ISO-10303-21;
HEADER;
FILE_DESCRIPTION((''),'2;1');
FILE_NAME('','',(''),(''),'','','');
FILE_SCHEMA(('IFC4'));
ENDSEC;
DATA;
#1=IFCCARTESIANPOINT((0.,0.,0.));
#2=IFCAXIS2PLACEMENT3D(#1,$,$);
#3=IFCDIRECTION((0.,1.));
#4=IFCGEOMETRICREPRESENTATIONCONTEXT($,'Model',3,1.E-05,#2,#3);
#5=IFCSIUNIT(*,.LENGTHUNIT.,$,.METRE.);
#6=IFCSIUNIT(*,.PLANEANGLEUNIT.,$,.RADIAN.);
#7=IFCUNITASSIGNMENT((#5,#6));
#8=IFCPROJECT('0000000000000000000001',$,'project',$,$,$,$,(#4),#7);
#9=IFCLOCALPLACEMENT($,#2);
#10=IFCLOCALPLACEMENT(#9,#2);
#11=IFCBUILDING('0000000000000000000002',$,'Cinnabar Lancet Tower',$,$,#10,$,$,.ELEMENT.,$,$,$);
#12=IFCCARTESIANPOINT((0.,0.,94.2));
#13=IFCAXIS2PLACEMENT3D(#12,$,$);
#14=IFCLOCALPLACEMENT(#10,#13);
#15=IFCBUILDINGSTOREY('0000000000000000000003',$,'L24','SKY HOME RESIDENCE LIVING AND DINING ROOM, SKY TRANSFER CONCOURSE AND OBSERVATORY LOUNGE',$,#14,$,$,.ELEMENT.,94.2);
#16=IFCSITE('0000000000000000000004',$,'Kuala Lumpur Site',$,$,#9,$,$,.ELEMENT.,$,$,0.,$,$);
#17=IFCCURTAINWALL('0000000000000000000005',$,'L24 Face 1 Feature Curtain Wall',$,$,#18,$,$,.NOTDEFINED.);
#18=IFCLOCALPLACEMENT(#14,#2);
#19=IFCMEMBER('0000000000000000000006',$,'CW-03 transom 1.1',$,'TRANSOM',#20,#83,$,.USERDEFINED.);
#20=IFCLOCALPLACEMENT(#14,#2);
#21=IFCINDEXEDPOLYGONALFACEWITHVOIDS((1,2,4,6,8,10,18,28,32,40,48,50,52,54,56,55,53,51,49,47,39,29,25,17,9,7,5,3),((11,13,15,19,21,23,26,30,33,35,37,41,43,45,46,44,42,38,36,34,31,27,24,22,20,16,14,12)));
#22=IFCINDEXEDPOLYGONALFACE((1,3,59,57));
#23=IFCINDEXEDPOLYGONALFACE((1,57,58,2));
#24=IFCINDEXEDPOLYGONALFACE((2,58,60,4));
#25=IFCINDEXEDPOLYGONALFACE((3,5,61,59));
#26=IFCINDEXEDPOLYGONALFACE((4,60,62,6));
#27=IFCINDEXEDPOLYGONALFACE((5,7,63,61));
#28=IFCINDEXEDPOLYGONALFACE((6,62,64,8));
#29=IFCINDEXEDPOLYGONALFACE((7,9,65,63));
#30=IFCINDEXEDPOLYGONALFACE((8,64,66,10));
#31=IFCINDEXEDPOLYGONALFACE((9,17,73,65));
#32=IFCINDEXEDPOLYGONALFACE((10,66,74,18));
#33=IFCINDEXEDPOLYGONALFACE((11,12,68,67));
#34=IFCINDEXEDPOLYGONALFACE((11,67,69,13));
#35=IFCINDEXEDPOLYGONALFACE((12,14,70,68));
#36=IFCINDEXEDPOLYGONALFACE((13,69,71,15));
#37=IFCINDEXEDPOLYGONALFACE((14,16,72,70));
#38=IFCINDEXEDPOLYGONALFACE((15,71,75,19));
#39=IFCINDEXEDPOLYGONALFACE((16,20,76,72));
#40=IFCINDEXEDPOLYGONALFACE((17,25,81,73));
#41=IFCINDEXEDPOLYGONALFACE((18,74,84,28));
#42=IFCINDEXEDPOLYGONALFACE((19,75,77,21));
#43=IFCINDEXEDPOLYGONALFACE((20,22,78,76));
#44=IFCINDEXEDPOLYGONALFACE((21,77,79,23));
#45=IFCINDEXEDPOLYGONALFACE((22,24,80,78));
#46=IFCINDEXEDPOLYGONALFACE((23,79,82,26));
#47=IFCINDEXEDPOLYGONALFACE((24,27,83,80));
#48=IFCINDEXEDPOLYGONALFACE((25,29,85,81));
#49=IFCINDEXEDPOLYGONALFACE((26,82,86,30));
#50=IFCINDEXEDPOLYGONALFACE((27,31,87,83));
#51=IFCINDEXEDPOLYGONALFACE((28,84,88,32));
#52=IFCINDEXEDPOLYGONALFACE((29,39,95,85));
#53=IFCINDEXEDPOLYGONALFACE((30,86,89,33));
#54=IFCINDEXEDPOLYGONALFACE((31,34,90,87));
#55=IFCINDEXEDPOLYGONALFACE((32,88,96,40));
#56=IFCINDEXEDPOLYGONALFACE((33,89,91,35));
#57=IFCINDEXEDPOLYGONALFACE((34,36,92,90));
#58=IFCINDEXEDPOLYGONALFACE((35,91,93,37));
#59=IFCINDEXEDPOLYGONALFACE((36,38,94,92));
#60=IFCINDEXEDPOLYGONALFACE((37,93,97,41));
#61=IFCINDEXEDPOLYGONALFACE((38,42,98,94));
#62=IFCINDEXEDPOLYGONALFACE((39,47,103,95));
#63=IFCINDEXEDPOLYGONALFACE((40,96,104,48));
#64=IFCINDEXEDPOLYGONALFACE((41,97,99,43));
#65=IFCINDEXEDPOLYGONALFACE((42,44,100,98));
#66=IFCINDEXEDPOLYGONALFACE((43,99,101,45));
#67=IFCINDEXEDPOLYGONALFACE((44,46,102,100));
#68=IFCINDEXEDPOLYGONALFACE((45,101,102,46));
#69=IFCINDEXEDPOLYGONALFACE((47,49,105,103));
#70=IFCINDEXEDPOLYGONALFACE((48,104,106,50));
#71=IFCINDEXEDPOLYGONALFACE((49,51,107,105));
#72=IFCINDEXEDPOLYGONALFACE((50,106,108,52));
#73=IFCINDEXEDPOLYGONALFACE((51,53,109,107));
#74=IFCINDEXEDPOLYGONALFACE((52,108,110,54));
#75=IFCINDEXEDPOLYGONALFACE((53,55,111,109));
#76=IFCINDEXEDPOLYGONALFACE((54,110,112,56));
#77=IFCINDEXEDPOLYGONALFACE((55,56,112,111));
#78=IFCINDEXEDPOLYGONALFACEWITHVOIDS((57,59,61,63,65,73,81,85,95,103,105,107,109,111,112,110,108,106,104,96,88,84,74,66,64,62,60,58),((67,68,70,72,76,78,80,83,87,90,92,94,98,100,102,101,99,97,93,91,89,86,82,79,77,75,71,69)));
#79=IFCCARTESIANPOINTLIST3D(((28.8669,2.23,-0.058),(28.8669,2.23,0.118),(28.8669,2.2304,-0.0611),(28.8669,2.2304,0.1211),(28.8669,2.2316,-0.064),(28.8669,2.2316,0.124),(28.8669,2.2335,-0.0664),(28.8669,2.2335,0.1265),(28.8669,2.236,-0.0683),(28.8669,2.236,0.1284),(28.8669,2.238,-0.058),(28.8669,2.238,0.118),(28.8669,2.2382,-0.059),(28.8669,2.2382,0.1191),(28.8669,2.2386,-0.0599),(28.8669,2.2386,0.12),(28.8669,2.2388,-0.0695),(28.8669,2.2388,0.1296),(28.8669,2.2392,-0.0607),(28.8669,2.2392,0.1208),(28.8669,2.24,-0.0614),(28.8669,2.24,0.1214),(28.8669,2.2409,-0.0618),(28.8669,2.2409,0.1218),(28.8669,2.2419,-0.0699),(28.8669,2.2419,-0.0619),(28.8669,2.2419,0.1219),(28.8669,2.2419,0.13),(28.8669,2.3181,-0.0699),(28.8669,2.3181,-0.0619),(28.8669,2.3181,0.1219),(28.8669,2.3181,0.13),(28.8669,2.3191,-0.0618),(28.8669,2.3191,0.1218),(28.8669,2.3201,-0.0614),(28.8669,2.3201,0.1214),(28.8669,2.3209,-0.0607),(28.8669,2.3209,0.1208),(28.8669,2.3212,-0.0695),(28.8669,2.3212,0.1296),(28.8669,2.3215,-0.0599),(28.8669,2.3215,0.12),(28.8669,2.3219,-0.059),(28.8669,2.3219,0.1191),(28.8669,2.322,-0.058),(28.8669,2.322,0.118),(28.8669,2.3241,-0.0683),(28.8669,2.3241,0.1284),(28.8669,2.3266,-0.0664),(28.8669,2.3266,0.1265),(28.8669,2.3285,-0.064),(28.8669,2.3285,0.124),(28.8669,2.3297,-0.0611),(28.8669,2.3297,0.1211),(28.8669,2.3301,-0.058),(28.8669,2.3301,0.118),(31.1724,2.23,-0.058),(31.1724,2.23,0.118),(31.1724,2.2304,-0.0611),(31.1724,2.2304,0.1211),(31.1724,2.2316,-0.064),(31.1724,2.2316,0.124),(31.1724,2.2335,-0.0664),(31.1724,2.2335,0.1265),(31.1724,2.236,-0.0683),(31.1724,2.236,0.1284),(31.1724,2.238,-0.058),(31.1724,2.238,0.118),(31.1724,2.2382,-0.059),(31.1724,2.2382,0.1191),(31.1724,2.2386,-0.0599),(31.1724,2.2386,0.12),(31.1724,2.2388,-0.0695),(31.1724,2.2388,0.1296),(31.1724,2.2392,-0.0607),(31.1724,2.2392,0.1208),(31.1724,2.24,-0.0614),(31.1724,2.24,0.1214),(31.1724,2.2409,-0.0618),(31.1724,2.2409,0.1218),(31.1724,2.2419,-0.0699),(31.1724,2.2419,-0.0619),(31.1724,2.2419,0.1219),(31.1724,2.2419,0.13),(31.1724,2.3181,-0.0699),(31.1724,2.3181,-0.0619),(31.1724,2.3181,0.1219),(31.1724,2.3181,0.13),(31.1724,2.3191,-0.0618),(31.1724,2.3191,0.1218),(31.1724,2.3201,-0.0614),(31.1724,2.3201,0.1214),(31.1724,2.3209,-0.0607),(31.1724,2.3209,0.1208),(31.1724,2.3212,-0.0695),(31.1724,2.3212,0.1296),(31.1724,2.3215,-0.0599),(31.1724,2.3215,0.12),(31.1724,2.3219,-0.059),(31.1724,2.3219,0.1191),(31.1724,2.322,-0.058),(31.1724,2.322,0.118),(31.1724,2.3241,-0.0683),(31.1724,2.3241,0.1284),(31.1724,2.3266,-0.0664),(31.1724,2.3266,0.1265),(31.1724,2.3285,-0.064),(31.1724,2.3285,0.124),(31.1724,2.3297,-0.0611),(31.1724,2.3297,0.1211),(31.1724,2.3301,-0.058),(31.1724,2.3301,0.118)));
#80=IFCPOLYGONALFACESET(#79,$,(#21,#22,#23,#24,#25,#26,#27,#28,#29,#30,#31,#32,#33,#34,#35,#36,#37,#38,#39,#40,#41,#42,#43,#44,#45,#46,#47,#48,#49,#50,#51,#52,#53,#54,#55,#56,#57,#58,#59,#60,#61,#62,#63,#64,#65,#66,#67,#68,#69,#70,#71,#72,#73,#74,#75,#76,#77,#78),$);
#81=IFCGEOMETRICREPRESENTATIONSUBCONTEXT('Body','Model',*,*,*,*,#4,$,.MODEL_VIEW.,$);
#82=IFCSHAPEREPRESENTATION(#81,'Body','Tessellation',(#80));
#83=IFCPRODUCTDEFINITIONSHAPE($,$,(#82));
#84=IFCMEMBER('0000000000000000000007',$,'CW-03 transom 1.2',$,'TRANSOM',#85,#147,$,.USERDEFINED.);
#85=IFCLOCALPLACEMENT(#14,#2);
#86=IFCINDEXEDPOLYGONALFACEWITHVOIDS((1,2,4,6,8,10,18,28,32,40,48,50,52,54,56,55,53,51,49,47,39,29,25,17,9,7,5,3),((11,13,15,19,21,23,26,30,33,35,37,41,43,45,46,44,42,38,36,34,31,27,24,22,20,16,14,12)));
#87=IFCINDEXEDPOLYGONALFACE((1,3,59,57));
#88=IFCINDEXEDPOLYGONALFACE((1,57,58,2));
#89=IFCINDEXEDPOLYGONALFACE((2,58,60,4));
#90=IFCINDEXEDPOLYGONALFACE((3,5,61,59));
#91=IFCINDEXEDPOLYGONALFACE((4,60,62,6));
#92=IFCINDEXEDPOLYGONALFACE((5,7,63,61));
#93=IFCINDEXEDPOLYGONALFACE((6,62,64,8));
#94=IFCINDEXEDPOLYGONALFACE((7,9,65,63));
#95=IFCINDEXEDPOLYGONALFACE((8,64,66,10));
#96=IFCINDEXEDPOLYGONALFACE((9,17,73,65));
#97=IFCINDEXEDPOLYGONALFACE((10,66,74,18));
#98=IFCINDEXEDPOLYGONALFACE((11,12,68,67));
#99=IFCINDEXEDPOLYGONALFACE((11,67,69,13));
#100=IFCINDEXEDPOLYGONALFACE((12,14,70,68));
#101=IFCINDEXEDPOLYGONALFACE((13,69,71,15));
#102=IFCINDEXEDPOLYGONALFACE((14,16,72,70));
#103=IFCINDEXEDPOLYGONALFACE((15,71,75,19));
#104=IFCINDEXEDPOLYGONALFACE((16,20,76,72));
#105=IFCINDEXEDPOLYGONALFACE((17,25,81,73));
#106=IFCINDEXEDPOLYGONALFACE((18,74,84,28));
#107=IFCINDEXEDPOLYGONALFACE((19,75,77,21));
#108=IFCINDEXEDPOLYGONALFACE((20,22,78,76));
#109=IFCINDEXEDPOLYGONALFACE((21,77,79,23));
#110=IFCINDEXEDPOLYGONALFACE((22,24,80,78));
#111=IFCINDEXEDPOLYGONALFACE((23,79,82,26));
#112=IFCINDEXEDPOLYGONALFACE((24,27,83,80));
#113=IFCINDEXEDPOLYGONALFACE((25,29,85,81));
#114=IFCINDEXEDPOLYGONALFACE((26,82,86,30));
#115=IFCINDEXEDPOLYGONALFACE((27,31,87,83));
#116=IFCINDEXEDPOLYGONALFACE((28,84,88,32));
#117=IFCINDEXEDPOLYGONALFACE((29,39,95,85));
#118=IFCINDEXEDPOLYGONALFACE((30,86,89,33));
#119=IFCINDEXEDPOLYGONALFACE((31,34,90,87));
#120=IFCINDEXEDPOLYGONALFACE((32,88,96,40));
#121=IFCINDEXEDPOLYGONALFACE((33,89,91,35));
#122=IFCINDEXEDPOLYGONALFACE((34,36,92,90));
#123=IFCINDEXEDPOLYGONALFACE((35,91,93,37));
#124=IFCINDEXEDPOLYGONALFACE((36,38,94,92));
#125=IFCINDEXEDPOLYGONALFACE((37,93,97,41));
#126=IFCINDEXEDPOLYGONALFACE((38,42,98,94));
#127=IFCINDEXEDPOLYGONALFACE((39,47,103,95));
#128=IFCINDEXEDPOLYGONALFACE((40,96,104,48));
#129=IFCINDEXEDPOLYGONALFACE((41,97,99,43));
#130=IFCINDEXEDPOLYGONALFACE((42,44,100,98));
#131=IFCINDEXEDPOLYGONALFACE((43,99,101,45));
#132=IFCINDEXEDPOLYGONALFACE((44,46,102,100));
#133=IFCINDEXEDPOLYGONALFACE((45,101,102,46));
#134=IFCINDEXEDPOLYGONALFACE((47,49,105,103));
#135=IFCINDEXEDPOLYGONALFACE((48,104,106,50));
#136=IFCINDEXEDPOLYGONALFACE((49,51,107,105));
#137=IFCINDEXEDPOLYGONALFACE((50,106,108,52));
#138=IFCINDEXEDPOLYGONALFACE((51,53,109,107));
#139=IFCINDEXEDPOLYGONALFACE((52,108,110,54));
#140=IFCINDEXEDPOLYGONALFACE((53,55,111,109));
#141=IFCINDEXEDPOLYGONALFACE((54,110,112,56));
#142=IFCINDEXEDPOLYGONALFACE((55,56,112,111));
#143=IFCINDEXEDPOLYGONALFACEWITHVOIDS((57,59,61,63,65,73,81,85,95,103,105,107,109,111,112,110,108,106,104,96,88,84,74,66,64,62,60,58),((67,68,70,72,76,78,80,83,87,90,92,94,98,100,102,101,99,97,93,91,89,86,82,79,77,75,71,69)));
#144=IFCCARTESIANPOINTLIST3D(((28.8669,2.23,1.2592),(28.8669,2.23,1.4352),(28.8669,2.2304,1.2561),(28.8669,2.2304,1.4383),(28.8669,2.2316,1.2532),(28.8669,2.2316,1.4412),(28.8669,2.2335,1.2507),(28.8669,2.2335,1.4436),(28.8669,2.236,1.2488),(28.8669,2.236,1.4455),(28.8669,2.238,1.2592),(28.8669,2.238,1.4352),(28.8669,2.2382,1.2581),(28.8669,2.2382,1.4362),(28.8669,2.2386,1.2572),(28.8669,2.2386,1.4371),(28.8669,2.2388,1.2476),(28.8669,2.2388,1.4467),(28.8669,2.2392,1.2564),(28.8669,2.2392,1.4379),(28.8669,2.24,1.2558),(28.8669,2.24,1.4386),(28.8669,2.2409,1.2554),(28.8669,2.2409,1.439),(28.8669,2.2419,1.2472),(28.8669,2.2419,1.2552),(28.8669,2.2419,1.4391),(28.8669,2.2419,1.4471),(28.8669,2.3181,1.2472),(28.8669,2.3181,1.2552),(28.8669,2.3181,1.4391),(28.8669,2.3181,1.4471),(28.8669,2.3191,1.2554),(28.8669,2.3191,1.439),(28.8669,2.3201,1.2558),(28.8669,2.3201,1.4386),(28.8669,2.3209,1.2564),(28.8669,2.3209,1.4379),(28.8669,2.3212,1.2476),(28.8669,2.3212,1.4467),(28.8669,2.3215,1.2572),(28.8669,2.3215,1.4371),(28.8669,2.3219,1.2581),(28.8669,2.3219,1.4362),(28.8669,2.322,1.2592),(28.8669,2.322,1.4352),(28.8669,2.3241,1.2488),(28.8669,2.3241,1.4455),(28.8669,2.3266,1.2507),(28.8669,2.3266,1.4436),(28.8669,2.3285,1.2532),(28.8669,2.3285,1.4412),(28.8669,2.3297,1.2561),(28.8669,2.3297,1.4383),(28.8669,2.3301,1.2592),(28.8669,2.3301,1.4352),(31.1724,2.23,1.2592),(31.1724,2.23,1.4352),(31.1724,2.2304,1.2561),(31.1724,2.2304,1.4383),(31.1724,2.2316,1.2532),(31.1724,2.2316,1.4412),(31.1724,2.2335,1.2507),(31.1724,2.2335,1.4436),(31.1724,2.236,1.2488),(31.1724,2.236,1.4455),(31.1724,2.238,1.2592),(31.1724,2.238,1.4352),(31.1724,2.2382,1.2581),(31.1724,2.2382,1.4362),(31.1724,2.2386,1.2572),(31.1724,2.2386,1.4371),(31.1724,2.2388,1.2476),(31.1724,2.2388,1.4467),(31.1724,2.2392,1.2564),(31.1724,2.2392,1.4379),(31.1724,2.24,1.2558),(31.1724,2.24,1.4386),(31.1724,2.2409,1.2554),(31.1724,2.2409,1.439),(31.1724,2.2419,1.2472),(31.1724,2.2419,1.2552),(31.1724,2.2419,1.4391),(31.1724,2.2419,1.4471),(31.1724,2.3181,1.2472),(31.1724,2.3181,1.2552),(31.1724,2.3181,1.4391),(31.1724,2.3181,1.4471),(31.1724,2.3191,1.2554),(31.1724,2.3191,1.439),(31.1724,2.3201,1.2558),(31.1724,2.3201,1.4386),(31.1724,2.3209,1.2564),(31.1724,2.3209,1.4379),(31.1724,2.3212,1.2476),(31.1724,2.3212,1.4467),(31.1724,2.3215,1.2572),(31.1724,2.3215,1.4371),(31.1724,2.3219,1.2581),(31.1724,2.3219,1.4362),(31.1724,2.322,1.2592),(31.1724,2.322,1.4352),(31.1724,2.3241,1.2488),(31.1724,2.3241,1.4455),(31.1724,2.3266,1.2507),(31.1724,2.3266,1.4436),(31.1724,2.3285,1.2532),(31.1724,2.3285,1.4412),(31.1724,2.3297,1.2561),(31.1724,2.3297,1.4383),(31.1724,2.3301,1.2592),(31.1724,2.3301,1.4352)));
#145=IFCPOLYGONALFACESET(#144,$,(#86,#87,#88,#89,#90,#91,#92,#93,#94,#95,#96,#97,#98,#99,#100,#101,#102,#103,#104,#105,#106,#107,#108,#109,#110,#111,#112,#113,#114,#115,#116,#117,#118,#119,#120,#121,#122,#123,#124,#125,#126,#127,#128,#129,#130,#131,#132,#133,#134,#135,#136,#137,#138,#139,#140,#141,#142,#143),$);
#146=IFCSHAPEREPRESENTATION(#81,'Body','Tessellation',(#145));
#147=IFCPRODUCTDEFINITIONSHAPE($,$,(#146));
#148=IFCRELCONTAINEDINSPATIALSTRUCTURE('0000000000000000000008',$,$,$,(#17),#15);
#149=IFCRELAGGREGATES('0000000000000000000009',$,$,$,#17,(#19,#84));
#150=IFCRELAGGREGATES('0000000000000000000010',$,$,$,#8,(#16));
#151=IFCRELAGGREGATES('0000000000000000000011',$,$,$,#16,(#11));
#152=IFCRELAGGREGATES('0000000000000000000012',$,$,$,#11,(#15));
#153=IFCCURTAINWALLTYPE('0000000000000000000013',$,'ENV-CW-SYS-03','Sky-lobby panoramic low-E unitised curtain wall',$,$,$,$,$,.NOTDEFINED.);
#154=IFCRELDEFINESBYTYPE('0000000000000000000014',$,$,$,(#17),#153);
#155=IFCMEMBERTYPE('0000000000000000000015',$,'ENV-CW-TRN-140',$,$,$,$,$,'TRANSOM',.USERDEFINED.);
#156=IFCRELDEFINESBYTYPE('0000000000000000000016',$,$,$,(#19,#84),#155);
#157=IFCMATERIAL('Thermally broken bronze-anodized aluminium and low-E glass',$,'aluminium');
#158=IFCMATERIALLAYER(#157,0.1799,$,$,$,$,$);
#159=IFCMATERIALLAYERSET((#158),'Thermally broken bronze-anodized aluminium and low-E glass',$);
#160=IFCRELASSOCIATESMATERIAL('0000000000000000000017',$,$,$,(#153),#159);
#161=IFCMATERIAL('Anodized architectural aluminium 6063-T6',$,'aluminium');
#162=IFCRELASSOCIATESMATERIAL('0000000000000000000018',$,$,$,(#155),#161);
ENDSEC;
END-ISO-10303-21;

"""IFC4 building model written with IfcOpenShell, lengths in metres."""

from ifc_helpers import new_model, si_unit, direction, frame, origin, origin_2d, place, context, subcontext, project, spatial, hollow_rectangle, extrude, material, layer, layer_set, material_profile, profile_set, type_object, element, aggregate, save


model = new_model("IFC4")

# Units and contexts
model_context = context("Model", 3, precision=1e-05, world=origin(), true_north=direction((0.0, 1.0)))
body_context = subcontext(model_context, "Body", "Model", "MODEL_VIEW")
ifc_project = project(units=[si_unit("LENGTHUNIT", "METRE"), si_unit("PLANEANGLEUNIT", "RADIAN")], contexts=[model_context])

# Site, building, storey
site_placement = place(None, origin())
site = spatial("IfcSite", under=ifc_project, at=site_placement, Name="Kuala Lumpur Site", CompositionType="ELEMENT", RefElevation=0.0)
building_placement = place(site_placement, origin())
building = spatial("IfcBuilding", under=site, at=building_placement, Name="Cinnabar Lancet Tower", CompositionType="ELEMENT")
storey_placement = place(building_placement, frame((0.0, 0.0, 94.2)))
storey = spatial("IfcBuildingStorey", under=building, at=storey_placement, Name="L24", Description="SKY HOME RESIDENCE LIVING AND DINING ROOM, SKY TRANSFER CONCOURSE AND OBSERVATORY LOUNGE", CompositionType="ELEMENT", Elevation=94.2)

# Curtain wall, members
ifc_material_1 = material(Name="Thermally broken bronze-anodized aluminium and low-E glass", Category="aluminium")
ifc_layer_1 = layer(ifc_material_1, 0.1799)
ifc_layer_set_1 = layer_set([ifc_layer_1], Name="Thermally broken bronze-anodized aluminium and low-E glass")
curtain_wall_type = type_object("IfcCurtainWallType", Name="ENV-CW-SYS-03", Description="Sky-lobby panoramic low-E unitised curtain wall", PredefinedType="NOTDEFINED", material=ifc_layer_set_1)
curtain_wall_placement = place(storey_placement, origin())
curtain_wall = element("IfcCurtainWall", 1, at=curtain_wall_placement, inside=storey, type_object=curtain_wall_type, Name="L24 Face 1 Feature Curtain Wall", PredefinedType="NOTDEFINED")
ifc_material_2 = material(Name="Anodized architectural aluminium 6063-T6", Category="aluminium")
ifc_material_profile_1 = material_profile(ifc_material_2, hollow_rectangle(XDim=0.1001, YDim=0.2, WallThickness=0.0081, InnerFilletRadius=0.0039, OuterFilletRadius=0.012, at=origin_2d()), Name="RHS 200x100x8")
ifc_profile_set_1 = profile_set([ifc_material_profile_1], Name="Anodized architectural aluminium 6063-T6")
member_type_1 = type_object("IfcMemberType", Name="ENV-CW-TRN-140", ElementType="TRANSOM", PredefinedType="USERDEFINED", material=ifc_profile_set_1)
member_1_placement = place(storey_placement, frame((28.8669, 2.28, 0.03), z_axis=(1.0, 0.0, 0.0), x_axis=(0.0, 1.0, 0.0)))
member_1 = element("IfcMember", 2, at=member_1_placement, type_object=member_type_1, Name="CW-03 transom 1.1", ObjectType="TRANSOM", PredefinedType="USERDEFINED", context=body_context, shape_type="SweptSolid", body=[
    extrude(hollow_rectangle(XDim=0.1001, YDim=0.2, WallThickness=0.0081, InnerFilletRadius=0.0039, OuterFilletRadius=0.012, at=origin_2d()), origin(), (0.0, 0.0, 1.0), 2.3054),
])
member_2_placement = place(storey_placement, frame((28.8669, 2.28, 1.3472), z_axis=(1.0, 0.0, 0.0), x_axis=(0.0, 1.0, 0.0)))
member_2 = element("IfcMember", 3, at=member_2_placement, type_object=member_type_1, Name="CW-03 transom 1.2", ObjectType="TRANSOM", PredefinedType="USERDEFINED", context=body_context, shape_type="SweptSolid", body=[
    extrude(hollow_rectangle(XDim=0.1001, YDim=0.2, WallThickness=0.0081, InnerFilletRadius=0.0039, OuterFilletRadius=0.012, at=origin_2d()), origin(), (0.0, 0.0, 1.0), 2.3054),
])

aggregate(curtain_wall, [member_1, member_2])

save(model, "model.ifc")
